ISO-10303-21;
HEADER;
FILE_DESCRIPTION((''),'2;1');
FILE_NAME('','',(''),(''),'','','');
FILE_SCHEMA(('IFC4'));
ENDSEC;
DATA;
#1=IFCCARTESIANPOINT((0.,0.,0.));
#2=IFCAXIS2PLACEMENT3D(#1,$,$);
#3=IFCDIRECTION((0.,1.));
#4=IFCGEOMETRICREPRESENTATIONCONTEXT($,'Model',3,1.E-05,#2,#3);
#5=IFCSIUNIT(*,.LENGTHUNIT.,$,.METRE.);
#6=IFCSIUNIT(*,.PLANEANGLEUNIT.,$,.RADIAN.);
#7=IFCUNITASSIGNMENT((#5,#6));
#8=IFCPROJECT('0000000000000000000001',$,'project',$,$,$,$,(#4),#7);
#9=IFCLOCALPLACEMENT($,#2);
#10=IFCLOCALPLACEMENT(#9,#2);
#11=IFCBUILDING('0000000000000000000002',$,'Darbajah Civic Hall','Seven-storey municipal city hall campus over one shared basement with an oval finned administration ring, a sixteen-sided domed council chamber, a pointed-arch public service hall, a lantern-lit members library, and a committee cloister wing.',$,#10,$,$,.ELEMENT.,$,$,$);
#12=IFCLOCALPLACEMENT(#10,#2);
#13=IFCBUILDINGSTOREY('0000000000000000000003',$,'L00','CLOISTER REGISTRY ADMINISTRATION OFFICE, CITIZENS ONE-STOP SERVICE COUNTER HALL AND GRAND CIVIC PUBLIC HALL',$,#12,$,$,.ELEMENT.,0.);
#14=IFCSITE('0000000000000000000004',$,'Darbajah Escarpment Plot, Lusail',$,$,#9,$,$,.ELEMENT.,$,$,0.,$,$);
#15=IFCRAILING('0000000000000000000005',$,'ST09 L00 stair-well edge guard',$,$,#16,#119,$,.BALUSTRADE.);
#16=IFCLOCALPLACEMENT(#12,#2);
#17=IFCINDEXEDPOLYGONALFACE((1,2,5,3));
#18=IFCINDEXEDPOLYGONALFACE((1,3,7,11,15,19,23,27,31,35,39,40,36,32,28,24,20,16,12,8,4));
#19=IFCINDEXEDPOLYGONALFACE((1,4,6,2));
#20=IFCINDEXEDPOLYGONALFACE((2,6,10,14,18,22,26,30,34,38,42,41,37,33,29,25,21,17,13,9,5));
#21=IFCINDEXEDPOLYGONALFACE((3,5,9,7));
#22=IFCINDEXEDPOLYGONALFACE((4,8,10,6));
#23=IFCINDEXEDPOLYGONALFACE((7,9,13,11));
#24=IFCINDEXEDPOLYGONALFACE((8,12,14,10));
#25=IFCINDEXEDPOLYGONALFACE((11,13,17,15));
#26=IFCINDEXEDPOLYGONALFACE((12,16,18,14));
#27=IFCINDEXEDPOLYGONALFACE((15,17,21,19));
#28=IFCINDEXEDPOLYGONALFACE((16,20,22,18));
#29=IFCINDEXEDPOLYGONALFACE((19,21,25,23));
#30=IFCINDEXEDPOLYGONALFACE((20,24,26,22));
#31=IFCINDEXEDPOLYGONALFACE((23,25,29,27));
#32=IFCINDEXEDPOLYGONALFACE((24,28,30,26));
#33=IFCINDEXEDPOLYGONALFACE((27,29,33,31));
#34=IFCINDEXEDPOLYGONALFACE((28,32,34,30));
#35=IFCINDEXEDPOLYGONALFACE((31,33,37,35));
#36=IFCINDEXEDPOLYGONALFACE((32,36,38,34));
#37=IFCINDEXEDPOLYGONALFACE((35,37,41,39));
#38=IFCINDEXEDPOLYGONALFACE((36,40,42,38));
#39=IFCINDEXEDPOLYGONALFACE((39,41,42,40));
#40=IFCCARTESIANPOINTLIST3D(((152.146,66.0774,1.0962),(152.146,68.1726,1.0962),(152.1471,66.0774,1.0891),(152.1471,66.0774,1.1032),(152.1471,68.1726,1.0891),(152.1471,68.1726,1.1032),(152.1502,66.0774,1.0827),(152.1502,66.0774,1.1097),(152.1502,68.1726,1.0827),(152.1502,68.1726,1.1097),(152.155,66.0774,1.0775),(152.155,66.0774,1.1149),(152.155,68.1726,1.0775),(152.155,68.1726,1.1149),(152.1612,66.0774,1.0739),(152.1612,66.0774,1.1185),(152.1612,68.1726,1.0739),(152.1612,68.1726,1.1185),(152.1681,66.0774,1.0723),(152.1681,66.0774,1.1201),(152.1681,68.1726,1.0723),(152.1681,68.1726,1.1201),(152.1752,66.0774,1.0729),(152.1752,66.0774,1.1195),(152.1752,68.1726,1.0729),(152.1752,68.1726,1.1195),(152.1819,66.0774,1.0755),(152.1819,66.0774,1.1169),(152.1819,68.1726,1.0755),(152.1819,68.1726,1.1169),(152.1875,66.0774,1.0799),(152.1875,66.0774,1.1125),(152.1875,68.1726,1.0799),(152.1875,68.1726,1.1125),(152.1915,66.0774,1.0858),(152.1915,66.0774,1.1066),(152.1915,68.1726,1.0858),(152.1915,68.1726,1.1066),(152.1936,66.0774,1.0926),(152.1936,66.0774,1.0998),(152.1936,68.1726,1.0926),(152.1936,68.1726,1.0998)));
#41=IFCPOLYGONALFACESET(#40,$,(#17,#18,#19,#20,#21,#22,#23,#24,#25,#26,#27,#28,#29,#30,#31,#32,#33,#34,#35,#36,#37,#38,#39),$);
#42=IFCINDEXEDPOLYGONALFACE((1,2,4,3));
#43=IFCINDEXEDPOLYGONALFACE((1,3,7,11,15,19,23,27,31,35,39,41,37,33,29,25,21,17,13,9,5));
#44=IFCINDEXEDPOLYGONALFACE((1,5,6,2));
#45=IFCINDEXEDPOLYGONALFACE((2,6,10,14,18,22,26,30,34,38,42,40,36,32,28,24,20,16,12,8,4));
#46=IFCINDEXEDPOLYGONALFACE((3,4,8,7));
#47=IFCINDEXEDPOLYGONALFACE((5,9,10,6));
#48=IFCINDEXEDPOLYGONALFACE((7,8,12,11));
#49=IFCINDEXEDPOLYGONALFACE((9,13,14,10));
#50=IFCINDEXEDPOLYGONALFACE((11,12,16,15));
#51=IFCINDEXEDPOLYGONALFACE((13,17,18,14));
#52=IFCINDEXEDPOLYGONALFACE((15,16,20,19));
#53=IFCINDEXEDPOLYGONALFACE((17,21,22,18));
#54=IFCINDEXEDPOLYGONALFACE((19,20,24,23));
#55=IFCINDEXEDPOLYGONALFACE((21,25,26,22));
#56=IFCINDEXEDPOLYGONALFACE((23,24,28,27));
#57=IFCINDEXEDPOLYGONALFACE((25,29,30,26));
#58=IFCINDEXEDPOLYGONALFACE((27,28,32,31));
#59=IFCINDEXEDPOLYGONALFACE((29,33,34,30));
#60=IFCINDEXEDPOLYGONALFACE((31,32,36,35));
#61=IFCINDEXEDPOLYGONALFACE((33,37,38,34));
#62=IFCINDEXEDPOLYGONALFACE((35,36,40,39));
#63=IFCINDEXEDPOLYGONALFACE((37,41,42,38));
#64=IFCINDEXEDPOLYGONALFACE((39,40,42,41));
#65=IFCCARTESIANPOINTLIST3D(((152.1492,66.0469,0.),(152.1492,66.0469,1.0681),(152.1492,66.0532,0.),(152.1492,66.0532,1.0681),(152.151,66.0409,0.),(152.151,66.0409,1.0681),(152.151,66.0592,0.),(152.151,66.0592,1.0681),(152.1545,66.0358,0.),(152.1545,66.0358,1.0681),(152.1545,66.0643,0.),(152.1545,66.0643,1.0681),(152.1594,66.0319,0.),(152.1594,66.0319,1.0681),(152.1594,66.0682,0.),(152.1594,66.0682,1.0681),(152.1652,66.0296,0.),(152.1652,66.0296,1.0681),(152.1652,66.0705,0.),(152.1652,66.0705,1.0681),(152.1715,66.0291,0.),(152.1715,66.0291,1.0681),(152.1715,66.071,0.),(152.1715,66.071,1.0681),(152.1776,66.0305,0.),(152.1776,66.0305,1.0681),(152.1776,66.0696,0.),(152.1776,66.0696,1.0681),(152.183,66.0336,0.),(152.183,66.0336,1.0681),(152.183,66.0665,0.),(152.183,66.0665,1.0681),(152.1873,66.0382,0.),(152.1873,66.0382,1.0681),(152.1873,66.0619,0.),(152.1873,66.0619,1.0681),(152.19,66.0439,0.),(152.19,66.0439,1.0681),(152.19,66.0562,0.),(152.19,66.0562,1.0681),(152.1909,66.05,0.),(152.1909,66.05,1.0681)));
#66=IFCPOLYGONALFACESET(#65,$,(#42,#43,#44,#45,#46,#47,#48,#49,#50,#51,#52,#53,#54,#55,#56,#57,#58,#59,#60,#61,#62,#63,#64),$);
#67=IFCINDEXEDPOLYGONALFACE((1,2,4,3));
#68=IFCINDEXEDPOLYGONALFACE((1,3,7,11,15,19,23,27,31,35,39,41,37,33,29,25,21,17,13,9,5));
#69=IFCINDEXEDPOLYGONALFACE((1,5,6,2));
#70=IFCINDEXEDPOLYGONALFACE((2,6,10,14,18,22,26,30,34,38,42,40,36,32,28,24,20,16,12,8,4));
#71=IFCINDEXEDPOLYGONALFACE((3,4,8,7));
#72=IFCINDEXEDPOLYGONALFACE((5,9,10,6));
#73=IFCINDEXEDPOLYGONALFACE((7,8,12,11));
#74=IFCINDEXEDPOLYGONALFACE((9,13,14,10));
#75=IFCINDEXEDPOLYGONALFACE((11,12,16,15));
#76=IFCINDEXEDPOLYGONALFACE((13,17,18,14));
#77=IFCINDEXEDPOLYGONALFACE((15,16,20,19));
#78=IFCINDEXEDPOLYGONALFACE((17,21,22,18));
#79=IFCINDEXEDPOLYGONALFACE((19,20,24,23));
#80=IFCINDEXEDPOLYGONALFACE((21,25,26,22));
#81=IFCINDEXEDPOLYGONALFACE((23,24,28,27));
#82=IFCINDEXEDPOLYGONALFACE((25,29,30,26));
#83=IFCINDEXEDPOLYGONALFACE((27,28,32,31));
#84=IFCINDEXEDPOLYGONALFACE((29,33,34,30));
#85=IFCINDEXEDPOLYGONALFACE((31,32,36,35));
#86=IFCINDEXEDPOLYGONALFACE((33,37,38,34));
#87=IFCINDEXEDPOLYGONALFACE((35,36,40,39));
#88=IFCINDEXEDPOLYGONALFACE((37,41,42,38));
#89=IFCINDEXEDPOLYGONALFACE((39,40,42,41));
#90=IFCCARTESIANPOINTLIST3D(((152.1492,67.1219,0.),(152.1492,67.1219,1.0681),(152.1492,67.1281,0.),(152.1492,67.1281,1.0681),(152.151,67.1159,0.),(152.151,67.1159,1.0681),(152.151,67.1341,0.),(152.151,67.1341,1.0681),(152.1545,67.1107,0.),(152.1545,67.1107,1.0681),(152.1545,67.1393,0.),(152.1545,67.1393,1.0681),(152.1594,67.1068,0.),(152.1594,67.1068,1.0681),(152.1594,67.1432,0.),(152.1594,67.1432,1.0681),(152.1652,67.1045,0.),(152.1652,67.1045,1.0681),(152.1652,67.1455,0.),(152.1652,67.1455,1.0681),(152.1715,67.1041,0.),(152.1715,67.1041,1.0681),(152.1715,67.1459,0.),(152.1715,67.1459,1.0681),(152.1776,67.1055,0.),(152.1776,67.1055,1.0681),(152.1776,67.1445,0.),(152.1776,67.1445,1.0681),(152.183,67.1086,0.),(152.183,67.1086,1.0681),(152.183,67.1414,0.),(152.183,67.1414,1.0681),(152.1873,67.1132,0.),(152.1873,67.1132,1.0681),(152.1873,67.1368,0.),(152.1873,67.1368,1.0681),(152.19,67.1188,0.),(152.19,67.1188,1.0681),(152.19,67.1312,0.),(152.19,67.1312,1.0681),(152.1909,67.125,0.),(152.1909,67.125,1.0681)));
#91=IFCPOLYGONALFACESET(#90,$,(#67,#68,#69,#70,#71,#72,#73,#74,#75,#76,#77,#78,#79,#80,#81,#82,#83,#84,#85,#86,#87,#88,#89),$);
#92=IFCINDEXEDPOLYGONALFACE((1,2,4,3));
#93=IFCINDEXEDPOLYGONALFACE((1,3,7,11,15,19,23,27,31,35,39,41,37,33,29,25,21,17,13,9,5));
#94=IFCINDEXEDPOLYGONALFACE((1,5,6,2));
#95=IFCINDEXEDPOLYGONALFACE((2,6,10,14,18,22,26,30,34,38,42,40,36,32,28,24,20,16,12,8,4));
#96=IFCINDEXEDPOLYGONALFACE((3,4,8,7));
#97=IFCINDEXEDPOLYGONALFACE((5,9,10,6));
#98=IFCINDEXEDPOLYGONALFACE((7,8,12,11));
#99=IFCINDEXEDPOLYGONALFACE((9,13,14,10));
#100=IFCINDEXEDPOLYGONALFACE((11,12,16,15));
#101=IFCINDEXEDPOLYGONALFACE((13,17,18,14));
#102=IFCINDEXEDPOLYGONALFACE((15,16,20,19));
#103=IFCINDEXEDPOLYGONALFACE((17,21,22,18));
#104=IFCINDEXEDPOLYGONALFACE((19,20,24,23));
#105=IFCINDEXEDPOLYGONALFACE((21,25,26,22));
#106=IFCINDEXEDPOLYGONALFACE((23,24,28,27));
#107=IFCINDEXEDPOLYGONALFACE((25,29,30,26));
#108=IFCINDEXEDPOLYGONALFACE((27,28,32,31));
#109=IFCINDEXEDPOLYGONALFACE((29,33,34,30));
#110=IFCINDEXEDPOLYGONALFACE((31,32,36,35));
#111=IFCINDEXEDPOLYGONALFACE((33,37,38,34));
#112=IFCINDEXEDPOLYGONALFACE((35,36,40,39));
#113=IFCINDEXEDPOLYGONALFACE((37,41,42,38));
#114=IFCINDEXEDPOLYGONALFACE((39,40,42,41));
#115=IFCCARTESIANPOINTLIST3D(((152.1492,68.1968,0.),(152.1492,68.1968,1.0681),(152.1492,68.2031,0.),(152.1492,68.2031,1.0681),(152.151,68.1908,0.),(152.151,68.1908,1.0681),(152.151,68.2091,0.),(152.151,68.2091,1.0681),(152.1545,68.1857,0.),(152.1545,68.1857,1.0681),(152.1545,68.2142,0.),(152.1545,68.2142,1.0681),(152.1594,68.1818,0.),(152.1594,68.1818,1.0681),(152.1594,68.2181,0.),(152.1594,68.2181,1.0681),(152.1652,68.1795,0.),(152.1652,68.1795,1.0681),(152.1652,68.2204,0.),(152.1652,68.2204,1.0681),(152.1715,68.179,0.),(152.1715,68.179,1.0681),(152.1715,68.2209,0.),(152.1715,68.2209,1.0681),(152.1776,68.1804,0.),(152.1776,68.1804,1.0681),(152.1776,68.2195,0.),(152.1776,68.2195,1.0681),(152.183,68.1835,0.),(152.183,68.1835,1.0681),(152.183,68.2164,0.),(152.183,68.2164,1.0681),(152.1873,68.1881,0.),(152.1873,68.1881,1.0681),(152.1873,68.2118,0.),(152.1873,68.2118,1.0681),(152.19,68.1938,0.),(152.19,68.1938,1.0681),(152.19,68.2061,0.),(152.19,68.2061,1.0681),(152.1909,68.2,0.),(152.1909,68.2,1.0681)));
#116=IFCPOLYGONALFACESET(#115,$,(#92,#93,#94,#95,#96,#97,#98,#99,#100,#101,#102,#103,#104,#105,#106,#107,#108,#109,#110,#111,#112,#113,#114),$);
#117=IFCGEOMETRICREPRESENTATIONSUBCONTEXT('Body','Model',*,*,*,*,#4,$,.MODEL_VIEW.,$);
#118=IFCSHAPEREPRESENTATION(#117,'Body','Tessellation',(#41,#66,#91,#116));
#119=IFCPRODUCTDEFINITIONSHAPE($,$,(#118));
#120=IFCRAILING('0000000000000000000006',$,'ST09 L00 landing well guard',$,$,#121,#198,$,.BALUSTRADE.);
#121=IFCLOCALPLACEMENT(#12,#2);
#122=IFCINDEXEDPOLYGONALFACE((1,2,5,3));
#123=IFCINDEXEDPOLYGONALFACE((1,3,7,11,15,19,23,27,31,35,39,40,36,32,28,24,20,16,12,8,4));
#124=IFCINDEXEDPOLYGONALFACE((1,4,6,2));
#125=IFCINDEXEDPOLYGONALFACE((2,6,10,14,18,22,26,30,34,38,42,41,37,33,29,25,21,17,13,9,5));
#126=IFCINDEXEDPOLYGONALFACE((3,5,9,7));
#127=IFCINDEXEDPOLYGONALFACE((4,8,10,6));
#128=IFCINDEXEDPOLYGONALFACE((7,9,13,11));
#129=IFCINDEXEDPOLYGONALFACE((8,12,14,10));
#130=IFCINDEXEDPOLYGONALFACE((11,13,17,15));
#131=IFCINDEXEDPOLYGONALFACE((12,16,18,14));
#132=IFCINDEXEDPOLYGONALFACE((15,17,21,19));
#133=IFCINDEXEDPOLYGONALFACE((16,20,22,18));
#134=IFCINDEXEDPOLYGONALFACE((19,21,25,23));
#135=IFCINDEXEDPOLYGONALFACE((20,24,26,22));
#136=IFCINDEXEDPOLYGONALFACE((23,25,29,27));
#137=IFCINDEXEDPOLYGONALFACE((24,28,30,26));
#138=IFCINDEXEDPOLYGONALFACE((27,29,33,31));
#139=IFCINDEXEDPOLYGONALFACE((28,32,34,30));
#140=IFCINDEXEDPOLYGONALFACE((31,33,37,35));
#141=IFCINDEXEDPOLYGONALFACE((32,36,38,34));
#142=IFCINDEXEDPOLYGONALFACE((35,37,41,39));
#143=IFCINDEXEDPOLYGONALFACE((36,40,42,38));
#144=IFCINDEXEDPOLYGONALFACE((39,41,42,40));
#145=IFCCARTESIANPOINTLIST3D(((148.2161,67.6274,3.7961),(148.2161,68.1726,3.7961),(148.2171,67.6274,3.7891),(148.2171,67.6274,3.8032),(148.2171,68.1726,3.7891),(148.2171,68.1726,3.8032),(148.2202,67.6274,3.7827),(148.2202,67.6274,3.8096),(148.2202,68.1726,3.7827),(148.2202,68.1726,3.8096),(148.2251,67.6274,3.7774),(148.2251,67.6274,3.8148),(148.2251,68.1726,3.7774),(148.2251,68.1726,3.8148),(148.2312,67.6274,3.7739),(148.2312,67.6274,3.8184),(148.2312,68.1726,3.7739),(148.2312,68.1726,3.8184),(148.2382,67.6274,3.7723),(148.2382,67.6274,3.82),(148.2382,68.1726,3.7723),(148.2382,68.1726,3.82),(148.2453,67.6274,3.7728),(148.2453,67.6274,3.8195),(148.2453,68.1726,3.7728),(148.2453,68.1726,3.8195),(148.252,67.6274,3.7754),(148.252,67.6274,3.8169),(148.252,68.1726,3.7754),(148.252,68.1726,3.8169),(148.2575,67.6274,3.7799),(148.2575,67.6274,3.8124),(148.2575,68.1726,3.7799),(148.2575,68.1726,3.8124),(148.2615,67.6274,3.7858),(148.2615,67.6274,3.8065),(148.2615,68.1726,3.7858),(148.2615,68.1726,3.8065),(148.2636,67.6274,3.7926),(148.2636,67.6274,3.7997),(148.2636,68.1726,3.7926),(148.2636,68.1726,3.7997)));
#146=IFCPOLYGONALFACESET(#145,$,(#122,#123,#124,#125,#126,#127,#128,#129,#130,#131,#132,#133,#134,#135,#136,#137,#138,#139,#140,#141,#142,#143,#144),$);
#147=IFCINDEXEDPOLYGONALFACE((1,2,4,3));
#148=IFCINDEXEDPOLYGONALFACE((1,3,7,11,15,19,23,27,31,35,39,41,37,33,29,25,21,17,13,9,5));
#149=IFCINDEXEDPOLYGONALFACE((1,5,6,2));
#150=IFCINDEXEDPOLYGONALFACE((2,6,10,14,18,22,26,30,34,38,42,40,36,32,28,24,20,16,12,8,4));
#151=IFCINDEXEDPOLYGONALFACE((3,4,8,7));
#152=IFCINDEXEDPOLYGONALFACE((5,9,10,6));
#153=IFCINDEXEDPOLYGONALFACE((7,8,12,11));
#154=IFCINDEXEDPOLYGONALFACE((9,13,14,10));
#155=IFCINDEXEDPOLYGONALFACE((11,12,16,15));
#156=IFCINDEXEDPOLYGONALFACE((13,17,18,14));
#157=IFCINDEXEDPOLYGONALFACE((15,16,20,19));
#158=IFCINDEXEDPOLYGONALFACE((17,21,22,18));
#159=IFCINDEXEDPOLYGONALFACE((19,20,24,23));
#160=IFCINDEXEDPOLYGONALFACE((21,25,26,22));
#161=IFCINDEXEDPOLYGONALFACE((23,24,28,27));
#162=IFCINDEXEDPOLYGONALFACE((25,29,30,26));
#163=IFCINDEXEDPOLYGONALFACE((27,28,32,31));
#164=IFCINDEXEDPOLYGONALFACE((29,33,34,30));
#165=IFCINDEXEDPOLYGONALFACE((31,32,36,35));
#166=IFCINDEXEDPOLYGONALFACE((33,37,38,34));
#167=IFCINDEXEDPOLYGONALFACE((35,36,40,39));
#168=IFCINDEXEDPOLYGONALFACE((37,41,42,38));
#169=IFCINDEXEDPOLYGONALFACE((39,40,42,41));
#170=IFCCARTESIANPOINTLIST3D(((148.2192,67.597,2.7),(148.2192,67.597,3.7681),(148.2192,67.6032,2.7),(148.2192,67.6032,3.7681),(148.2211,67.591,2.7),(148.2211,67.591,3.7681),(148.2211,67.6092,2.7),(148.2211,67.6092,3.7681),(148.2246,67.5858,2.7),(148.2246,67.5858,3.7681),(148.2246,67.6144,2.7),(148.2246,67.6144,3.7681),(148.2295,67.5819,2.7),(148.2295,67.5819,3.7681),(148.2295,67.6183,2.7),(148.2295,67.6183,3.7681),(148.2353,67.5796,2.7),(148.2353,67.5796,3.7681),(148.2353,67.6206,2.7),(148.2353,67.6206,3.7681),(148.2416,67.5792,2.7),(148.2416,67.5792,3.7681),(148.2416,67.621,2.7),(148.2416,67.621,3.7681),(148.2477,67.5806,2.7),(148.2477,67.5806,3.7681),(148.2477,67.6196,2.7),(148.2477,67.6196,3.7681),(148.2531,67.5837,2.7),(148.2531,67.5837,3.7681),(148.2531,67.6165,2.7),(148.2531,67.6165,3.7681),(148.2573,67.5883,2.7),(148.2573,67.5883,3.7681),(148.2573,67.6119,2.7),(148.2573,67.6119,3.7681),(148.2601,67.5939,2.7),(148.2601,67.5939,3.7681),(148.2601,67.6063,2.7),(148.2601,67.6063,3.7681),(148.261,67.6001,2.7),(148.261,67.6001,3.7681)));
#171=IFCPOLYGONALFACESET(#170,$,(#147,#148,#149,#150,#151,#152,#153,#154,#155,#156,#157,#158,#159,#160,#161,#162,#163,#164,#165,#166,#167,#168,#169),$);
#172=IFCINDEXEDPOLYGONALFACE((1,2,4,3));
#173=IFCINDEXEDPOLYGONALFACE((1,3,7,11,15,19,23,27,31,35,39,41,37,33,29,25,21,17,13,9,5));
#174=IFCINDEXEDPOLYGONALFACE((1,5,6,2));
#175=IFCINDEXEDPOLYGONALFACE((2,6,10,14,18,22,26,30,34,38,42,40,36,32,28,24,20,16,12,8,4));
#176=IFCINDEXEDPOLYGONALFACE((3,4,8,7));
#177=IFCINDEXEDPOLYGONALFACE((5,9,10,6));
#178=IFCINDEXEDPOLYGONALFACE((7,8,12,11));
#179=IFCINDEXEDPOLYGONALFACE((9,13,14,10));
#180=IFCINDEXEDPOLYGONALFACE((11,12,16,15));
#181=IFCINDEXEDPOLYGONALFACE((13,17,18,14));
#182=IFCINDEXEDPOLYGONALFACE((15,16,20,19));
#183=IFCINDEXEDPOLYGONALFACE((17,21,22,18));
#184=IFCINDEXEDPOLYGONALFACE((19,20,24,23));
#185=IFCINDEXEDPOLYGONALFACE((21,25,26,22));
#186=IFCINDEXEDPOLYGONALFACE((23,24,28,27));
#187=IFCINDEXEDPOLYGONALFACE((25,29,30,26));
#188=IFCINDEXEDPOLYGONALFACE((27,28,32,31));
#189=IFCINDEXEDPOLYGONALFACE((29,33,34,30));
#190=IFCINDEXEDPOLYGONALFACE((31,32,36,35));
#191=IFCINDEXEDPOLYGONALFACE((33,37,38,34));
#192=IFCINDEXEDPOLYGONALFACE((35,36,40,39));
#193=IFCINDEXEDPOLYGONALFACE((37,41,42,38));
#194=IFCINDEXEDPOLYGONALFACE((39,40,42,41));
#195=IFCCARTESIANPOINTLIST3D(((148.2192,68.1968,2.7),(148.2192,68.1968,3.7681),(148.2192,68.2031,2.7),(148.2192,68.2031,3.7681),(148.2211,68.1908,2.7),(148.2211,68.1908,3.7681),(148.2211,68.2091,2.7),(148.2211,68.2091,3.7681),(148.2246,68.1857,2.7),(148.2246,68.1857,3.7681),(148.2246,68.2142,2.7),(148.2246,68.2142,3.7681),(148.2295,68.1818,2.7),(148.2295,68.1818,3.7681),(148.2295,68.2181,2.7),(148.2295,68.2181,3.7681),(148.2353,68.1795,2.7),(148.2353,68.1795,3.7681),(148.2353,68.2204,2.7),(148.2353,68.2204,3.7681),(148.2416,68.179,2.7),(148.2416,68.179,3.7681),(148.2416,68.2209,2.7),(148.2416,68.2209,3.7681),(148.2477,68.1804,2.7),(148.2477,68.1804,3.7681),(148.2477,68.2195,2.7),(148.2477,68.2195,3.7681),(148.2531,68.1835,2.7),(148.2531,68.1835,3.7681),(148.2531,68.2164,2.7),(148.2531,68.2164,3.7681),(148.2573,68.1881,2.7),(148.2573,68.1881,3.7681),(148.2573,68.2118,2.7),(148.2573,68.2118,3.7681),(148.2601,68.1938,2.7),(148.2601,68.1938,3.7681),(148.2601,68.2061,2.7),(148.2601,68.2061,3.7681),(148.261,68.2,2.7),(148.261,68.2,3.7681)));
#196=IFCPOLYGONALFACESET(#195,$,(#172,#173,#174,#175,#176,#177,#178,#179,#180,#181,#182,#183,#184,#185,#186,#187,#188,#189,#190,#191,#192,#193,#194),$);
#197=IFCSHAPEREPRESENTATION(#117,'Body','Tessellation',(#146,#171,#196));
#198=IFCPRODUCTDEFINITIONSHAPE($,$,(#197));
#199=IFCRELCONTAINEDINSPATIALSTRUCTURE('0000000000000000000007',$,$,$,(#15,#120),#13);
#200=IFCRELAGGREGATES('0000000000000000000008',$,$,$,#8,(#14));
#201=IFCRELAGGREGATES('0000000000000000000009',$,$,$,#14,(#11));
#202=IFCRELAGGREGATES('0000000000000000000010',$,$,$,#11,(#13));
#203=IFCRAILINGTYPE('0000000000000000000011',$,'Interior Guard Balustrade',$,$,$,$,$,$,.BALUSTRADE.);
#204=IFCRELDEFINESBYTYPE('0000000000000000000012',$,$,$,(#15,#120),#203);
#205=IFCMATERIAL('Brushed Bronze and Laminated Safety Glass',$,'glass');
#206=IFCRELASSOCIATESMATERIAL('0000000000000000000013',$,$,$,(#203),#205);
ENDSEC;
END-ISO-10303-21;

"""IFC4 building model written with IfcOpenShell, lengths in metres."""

from ifc_helpers import new_model, si_unit, direction, frame, origin, origin_2d, place, context, subcontext, project, spatial, circle, extrude, material, type_object, element, save


model = new_model("IFC4")

# Units and contexts
model_context = context("Model", 3, precision=1e-05, world=origin(), true_north=direction((0.0, 1.0)))
body_context = subcontext(model_context, "Body", "Model", "MODEL_VIEW")
ifc_project = project(units=[si_unit("LENGTHUNIT", "METRE"), si_unit("PLANEANGLEUNIT", "RADIAN")], contexts=[model_context])

# Site, building, storey
site_placement = place(None, origin())
site = spatial("IfcSite", under=ifc_project, at=site_placement, Name="Darbajah Escarpment Plot, Lusail", CompositionType="ELEMENT", RefElevation=0.0)
building_placement = place(site_placement, origin())
building = spatial("IfcBuilding", under=site, at=building_placement, Name="Darbajah Civic Hall", Description="Seven-storey municipal city hall campus over one shared basement with an oval finned administration ring, a sixteen-sided domed council chamber, a pointed-arch public service hall, a lantern-lit members library, and a committee cloister wing.", CompositionType="ELEMENT")
storey_placement = place(building_placement, origin())
storey = spatial("IfcBuildingStorey", under=building, at=storey_placement, Name="L00", Description="CLOISTER REGISTRY ADMINISTRATION OFFICE, CITIZENS ONE-STOP SERVICE COUNTER HALL AND GRAND CIVIC PUBLIC HALL", CompositionType="ELEMENT", Elevation=0.0)

# Railings
ifc_material_1 = material(Name="Brushed Bronze and Laminated Safety Glass", Category="glass")
railing_type_1 = type_object("IfcRailingType", Name="Interior Guard Balustrade", PredefinedType="BALUSTRADE", material=ifc_material_1)
railing_1_placement = place(storey_placement, frame((152.1699, 66.05, 0.0)))
element("IfcRailing", 1, at=railing_1_placement, inside=storey, type_object=railing_type_1, Name="ST09 L00 stair-well edge guard", PredefinedType="BALUSTRADE", context=body_context, shape_type="SweptSolid", body=[
    extrude(circle(Radius=0.0239, at=origin_2d()), frame((0.0, 0.0273, 1.0962), z_axis=(0.0, 1.0, 0.0), x_axis=(-1.0, 0.0, 0.0)), (0.0, 0.0, 1.0), 2.0952),
    extrude(circle(Radius=0.021, at=origin_2d()), origin(), (0.0, 0.0, 1.0), 1.0681),
    extrude(circle(Radius=0.021, at=origin_2d()), frame((0.0, 1.075, 0.0)), (0.0, 0.0, 1.0), 1.0681),
    extrude(circle(Radius=0.021, at=origin_2d()), frame((0.0, 2.1499, 0.0)), (0.0, 0.0, 1.0), 1.0681),
])
railing_2_placement = place(storey_placement, frame((148.24, 67.6001, 2.7)))
element("IfcRailing", 2, at=railing_2_placement, inside=storey, type_object=railing_type_1, Name="ST09 L00 landing well guard", PredefinedType="BALUSTRADE", context=body_context, shape_type="SweptSolid", body=[
    extrude(circle(Radius=0.0239, at=origin_2d()), frame((0.0, 0.0273, 1.0962), z_axis=(0.0, 1.0, 0.0), x_axis=(-1.0, 0.0, 0.0)), (0.0, 0.0, 1.0), 0.5452),
    extrude(circle(Radius=0.021, at=origin_2d()), origin(), (0.0, 0.0, 1.0), 1.0681),
    extrude(circle(Radius=0.021, at=origin_2d()), frame((0.0, 0.5999, 0.0)), (0.0, 0.0, 1.0), 1.0681),
])

save(model, "model.ifc")
